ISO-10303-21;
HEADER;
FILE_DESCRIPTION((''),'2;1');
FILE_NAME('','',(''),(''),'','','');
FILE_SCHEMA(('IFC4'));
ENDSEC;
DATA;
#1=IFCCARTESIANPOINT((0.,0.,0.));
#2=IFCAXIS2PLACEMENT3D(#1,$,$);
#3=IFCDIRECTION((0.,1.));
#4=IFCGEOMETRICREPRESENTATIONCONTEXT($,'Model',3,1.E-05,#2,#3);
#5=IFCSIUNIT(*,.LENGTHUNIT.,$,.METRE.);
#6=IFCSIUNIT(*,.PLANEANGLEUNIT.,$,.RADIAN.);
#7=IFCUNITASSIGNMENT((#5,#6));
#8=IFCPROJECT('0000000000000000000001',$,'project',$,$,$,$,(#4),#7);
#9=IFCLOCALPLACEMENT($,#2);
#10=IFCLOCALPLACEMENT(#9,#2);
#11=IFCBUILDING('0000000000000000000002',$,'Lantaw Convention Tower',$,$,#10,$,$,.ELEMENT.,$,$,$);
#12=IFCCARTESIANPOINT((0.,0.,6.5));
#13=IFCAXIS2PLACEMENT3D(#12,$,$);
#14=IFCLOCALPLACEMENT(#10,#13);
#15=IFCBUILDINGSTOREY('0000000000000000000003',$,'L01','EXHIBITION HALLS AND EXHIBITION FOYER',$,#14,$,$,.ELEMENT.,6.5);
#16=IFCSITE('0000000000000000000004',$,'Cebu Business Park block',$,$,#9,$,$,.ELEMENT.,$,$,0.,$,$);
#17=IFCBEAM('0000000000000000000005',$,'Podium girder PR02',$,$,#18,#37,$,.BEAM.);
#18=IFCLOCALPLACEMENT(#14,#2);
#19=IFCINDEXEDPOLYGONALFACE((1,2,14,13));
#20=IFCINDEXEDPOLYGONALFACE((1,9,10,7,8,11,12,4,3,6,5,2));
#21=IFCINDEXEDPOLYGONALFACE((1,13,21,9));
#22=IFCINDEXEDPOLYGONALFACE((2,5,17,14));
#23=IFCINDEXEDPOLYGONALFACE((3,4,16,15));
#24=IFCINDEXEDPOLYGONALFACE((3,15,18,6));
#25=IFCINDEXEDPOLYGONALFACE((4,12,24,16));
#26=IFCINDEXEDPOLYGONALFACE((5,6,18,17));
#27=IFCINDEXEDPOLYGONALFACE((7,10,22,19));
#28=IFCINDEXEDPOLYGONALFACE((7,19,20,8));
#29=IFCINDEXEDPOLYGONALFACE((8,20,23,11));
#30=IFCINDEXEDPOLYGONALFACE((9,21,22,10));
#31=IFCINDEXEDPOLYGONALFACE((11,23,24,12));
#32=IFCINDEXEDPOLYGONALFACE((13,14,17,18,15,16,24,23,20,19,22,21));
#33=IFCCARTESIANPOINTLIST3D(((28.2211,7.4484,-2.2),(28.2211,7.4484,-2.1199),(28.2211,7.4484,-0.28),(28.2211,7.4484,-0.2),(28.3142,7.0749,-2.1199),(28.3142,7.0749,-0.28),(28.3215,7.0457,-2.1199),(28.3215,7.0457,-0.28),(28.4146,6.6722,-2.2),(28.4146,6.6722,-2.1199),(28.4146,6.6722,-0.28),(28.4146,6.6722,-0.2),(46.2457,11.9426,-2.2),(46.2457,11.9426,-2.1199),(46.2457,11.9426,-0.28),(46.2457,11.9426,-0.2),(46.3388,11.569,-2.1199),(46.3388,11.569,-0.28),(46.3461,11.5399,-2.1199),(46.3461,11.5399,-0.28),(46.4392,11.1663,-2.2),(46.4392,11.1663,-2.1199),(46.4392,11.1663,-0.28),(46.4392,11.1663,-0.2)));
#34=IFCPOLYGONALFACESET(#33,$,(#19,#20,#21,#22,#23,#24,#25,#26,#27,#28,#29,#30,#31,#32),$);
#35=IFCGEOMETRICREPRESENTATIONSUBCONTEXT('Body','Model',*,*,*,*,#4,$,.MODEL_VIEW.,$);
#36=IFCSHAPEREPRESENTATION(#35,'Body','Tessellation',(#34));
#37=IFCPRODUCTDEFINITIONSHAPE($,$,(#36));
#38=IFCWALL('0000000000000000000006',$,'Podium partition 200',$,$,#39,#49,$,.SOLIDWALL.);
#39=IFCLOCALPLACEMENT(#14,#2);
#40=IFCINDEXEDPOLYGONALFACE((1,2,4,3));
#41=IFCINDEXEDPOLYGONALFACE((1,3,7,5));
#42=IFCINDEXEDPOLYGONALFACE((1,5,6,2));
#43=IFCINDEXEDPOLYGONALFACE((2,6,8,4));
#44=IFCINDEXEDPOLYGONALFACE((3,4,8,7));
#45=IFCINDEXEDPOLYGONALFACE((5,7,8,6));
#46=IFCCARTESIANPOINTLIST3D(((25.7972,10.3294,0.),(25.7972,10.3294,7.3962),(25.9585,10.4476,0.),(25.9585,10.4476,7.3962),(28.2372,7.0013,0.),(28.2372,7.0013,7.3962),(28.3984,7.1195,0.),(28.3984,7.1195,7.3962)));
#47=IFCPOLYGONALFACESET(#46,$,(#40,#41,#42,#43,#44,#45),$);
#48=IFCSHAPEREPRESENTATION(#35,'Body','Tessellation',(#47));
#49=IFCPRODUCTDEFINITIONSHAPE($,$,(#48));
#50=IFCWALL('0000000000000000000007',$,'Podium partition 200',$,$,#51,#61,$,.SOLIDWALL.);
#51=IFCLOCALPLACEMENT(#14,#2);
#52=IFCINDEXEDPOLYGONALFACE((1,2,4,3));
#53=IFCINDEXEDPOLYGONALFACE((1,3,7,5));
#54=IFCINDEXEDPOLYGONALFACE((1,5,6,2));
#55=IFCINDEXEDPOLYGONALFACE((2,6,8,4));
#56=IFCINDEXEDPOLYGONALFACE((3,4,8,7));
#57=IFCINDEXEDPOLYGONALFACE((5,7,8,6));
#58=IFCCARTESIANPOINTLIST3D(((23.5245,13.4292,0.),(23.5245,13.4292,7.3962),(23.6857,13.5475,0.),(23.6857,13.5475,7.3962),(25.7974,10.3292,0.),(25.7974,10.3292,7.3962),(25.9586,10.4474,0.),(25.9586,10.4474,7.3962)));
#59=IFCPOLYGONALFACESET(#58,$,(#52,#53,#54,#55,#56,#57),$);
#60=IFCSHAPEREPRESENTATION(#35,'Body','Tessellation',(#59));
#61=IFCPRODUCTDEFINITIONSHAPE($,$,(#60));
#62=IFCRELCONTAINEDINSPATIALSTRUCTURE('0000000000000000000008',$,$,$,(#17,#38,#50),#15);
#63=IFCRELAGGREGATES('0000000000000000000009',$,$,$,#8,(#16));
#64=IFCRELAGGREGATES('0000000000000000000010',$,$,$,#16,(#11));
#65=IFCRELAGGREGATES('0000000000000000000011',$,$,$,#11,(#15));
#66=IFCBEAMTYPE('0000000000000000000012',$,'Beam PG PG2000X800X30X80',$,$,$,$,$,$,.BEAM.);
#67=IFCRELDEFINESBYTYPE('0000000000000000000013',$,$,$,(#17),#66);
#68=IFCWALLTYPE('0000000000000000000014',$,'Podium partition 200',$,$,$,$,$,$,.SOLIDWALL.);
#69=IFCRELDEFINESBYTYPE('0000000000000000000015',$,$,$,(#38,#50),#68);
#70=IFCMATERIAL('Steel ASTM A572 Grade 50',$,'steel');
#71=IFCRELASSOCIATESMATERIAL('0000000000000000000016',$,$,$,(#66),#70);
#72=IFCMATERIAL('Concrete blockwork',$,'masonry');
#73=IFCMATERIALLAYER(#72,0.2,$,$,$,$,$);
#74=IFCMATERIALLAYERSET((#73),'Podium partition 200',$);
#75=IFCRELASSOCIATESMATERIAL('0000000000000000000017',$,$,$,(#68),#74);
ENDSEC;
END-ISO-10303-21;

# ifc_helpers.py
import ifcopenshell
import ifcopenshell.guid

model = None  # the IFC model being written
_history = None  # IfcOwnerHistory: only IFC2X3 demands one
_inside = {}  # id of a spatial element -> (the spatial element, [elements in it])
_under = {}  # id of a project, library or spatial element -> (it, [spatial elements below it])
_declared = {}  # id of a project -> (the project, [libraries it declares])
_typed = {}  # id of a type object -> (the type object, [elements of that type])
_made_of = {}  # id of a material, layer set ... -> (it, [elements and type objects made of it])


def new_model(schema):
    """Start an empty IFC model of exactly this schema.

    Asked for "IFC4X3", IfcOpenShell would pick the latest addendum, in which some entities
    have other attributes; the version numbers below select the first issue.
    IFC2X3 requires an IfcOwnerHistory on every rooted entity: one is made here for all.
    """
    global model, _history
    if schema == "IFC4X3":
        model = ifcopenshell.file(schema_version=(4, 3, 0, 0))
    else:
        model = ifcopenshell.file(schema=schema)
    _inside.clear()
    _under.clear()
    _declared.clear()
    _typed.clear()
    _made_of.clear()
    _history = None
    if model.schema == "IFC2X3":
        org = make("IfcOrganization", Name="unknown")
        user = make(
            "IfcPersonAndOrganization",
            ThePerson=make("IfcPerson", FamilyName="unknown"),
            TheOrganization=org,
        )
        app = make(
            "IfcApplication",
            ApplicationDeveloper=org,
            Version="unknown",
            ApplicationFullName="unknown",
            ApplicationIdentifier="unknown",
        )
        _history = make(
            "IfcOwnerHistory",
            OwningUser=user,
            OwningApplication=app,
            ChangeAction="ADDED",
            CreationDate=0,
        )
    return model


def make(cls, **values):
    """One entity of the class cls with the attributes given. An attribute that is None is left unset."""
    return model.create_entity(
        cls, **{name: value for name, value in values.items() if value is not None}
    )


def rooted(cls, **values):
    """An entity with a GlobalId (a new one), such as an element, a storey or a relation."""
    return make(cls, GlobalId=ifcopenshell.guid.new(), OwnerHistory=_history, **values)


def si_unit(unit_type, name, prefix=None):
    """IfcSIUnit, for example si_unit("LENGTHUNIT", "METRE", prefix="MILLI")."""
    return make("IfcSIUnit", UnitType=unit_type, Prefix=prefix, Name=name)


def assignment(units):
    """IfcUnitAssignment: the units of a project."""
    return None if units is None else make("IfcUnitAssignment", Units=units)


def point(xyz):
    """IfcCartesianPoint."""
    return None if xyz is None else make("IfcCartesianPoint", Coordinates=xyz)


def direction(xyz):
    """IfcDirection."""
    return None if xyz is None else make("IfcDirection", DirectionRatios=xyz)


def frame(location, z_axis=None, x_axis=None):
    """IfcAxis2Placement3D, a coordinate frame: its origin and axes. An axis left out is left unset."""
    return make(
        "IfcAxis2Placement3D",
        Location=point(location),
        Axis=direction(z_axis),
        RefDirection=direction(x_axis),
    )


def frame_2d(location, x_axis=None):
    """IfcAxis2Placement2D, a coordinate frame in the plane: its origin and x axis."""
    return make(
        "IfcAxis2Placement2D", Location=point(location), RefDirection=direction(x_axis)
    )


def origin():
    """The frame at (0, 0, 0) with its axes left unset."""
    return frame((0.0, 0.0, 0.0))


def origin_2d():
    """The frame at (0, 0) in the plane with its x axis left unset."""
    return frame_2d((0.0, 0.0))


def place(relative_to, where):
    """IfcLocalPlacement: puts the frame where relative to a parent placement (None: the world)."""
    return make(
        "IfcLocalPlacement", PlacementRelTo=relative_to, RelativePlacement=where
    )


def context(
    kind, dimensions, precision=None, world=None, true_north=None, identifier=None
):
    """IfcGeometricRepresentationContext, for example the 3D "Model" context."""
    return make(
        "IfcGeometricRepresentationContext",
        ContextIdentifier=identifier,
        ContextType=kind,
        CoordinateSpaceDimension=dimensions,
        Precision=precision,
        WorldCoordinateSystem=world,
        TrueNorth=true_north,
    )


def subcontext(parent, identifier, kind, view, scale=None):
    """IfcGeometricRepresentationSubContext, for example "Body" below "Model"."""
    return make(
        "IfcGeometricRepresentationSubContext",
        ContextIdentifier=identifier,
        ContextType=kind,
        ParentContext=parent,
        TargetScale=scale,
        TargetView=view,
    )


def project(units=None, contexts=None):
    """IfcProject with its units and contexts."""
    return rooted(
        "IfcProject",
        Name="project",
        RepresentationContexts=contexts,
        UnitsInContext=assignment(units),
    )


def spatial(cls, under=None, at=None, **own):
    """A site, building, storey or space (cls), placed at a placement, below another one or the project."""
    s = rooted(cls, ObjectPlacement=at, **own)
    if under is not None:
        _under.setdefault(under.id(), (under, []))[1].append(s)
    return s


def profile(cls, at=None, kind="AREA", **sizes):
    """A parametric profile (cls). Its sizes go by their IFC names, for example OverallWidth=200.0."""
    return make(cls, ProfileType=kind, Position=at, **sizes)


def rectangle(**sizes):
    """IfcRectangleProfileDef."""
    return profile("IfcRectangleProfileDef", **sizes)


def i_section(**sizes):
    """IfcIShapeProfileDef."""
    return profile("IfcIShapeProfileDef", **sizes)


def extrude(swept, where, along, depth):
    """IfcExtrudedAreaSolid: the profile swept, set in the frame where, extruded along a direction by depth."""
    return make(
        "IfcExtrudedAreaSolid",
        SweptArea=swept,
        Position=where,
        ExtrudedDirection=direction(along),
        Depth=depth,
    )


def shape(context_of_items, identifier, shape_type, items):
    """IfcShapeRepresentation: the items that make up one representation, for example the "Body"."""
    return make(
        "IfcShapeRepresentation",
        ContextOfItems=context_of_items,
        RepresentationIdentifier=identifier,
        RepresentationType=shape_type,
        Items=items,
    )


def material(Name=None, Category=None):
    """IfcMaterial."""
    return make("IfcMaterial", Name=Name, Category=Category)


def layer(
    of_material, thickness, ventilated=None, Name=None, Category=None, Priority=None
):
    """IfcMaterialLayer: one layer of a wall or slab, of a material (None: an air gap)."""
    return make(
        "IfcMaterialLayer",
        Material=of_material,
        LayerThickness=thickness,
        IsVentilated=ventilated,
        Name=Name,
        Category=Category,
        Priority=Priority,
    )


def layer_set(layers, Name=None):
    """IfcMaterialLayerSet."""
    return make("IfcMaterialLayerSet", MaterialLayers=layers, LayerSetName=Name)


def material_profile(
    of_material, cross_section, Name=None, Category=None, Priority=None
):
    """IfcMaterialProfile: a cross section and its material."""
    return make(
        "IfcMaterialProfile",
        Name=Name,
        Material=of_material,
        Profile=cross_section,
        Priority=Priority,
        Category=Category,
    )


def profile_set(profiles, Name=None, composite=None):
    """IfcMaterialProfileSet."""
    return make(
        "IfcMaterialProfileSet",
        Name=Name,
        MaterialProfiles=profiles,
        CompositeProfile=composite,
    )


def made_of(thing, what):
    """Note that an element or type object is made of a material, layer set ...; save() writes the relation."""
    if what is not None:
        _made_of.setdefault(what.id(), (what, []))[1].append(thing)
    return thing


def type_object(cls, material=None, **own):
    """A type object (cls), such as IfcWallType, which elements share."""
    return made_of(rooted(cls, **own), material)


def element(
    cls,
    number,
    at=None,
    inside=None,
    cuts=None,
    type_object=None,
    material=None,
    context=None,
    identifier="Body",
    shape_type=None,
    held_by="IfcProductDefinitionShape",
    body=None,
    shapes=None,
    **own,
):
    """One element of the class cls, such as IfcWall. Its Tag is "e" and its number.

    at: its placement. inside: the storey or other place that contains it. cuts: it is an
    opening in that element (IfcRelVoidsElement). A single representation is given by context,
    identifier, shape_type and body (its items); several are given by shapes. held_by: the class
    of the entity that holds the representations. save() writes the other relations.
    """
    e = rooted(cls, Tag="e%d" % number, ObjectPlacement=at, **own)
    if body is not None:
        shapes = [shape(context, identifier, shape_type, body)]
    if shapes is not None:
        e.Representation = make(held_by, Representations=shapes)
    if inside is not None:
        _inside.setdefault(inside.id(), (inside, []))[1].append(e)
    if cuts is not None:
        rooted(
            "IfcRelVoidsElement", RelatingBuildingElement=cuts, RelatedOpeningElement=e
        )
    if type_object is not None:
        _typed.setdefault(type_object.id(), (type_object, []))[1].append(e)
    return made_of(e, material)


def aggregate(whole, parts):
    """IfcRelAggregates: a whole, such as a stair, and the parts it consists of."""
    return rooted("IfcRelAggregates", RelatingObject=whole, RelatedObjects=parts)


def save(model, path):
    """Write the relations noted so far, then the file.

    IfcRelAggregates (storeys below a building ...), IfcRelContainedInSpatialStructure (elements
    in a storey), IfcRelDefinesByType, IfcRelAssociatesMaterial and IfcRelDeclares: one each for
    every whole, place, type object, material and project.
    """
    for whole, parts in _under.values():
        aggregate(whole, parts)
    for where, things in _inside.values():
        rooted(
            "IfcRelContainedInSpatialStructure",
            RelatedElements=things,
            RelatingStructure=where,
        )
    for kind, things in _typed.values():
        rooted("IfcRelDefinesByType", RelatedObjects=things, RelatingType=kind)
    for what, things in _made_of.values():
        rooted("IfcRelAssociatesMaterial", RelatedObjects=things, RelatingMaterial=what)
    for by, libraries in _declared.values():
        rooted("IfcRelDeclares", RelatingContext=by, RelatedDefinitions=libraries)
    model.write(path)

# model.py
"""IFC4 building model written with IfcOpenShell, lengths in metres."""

from ifc_helpers import new_model, si_unit, direction, frame, frame_2d, origin, origin_2d, place, context, subcontext, project, spatial, rectangle, i_section, extrude, material, layer, layer_set, material_profile, profile_set, type_object, element, save


model = new_model("IFC4")

# Units and contexts
model_context = context("Model", 3, precision=1e-05, world=origin(), true_north=direction((0.0, 1.0)))
body_context = subcontext(model_context, "Body", "Model", "MODEL_VIEW")
ifc_project = project(units=[si_unit("LENGTHUNIT", "METRE"), si_unit("PLANEANGLEUNIT", "RADIAN")], contexts=[model_context])

# Site, building, storey
site_placement = place(None, origin())
site = spatial("IfcSite", under=ifc_project, at=site_placement, Name="Cebu Business Park block", CompositionType="ELEMENT", RefElevation=0.0)
building_placement = place(site_placement, origin())
building = spatial("IfcBuilding", under=site, at=building_placement, Name="Lantaw Convention Tower", CompositionType="ELEMENT")
storey_placement = place(building_placement, frame((0.0, 0.0, 6.5)))
storey = spatial("IfcBuildingStorey", under=building, at=storey_placement, Name="L01", Description="EXHIBITION HALLS AND EXHIBITION FOYER", CompositionType="ELEMENT", Elevation=6.5)

# Shared definitions
ifc_material_1 = material(Name="Steel ASTM A572 Grade 50", Category="steel")

# Beam
ifc_material_profile_1 = material_profile(ifc_material_1, i_section(OverallWidth=0.8, OverallDepth=2.0, WebThickness=0.03, FlangeThickness=0.0801, at=origin_2d()), Name="PG2000X800X30X80")
ifc_profile_set_1 = profile_set([ifc_material_profile_1], Name="Steel ASTM A572 Grade 50")
beam_type_1 = type_object("IfcBeamType", Name="Beam PG PG2000X800X30X80", PredefinedType="BEAM", material=ifc_profile_set_1)
beam_1_placement = place(storey_placement, frame((28.3179, 7.0603, -1.2), z_axis=(0.970295, 0.241926, 0.0), x_axis=(-0.241926, 0.970295, 0.0)))
element("IfcBeam", 1, at=beam_1_placement, inside=storey, type_object=beam_type_1, Name="Podium girder PR02", PredefinedType="BEAM", context=body_context, shape_type="SweptSolid", body=[
    extrude(i_section(OverallWidth=0.8, OverallDepth=2.0, WebThickness=0.03, FlangeThickness=0.0801, at=origin_2d()), origin(), (0.0, 0.0, 1.0), 18.5764),
])

# Walls
ifc_material_2 = material(Name="Concrete blockwork", Category="masonry")
ifc_layer = layer(ifc_material_2, 0.2)
ifc_layer_set = layer_set([ifc_layer], Name="Podium partition 200")
wall_type = type_object("IfcWallType", Name="Podium partition 200", PredefinedType="SOLIDWALL", material=ifc_layer_set)
wall_1_placement = place(storey_placement, frame((28.3179, 7.0603, 0.0), z_axis=(0.0, 0.0, 1.0), x_axis=(-0.591256, 0.806484, 0.0)))
element("IfcWall", 2, at=wall_1_placement, inside=storey, type_object=wall_type, Name="Podium partition 200", PredefinedType="SOLIDWALL", context=body_context, shape_type="SweptSolid", body=[
    extrude(rectangle(XDim=4.1267, YDim=0.2, at=frame_2d((2.0635, 0.0))), origin(), (0.0, 0.0, 1.0), 7.3962),
])
wall_2_placement = place(storey_placement, frame((25.8779, 10.3884, 0.0), z_axis=(0.0, 0.0, 1.0), x_axis=(-0.591287, 0.806462, 0.0)))
element("IfcWall", 3, at=wall_2_placement, inside=storey, type_object=wall_type, Name="Podium partition 200", PredefinedType="SOLIDWALL", context=body_context, shape_type="SweptSolid", body=[
    extrude(rectangle(XDim=3.844, YDim=0.2, at=frame_2d((1.9219, 0.0))), origin(), (0.0, 0.0, 1.0), 7.3962),
])

save(model, "model.ifc")
